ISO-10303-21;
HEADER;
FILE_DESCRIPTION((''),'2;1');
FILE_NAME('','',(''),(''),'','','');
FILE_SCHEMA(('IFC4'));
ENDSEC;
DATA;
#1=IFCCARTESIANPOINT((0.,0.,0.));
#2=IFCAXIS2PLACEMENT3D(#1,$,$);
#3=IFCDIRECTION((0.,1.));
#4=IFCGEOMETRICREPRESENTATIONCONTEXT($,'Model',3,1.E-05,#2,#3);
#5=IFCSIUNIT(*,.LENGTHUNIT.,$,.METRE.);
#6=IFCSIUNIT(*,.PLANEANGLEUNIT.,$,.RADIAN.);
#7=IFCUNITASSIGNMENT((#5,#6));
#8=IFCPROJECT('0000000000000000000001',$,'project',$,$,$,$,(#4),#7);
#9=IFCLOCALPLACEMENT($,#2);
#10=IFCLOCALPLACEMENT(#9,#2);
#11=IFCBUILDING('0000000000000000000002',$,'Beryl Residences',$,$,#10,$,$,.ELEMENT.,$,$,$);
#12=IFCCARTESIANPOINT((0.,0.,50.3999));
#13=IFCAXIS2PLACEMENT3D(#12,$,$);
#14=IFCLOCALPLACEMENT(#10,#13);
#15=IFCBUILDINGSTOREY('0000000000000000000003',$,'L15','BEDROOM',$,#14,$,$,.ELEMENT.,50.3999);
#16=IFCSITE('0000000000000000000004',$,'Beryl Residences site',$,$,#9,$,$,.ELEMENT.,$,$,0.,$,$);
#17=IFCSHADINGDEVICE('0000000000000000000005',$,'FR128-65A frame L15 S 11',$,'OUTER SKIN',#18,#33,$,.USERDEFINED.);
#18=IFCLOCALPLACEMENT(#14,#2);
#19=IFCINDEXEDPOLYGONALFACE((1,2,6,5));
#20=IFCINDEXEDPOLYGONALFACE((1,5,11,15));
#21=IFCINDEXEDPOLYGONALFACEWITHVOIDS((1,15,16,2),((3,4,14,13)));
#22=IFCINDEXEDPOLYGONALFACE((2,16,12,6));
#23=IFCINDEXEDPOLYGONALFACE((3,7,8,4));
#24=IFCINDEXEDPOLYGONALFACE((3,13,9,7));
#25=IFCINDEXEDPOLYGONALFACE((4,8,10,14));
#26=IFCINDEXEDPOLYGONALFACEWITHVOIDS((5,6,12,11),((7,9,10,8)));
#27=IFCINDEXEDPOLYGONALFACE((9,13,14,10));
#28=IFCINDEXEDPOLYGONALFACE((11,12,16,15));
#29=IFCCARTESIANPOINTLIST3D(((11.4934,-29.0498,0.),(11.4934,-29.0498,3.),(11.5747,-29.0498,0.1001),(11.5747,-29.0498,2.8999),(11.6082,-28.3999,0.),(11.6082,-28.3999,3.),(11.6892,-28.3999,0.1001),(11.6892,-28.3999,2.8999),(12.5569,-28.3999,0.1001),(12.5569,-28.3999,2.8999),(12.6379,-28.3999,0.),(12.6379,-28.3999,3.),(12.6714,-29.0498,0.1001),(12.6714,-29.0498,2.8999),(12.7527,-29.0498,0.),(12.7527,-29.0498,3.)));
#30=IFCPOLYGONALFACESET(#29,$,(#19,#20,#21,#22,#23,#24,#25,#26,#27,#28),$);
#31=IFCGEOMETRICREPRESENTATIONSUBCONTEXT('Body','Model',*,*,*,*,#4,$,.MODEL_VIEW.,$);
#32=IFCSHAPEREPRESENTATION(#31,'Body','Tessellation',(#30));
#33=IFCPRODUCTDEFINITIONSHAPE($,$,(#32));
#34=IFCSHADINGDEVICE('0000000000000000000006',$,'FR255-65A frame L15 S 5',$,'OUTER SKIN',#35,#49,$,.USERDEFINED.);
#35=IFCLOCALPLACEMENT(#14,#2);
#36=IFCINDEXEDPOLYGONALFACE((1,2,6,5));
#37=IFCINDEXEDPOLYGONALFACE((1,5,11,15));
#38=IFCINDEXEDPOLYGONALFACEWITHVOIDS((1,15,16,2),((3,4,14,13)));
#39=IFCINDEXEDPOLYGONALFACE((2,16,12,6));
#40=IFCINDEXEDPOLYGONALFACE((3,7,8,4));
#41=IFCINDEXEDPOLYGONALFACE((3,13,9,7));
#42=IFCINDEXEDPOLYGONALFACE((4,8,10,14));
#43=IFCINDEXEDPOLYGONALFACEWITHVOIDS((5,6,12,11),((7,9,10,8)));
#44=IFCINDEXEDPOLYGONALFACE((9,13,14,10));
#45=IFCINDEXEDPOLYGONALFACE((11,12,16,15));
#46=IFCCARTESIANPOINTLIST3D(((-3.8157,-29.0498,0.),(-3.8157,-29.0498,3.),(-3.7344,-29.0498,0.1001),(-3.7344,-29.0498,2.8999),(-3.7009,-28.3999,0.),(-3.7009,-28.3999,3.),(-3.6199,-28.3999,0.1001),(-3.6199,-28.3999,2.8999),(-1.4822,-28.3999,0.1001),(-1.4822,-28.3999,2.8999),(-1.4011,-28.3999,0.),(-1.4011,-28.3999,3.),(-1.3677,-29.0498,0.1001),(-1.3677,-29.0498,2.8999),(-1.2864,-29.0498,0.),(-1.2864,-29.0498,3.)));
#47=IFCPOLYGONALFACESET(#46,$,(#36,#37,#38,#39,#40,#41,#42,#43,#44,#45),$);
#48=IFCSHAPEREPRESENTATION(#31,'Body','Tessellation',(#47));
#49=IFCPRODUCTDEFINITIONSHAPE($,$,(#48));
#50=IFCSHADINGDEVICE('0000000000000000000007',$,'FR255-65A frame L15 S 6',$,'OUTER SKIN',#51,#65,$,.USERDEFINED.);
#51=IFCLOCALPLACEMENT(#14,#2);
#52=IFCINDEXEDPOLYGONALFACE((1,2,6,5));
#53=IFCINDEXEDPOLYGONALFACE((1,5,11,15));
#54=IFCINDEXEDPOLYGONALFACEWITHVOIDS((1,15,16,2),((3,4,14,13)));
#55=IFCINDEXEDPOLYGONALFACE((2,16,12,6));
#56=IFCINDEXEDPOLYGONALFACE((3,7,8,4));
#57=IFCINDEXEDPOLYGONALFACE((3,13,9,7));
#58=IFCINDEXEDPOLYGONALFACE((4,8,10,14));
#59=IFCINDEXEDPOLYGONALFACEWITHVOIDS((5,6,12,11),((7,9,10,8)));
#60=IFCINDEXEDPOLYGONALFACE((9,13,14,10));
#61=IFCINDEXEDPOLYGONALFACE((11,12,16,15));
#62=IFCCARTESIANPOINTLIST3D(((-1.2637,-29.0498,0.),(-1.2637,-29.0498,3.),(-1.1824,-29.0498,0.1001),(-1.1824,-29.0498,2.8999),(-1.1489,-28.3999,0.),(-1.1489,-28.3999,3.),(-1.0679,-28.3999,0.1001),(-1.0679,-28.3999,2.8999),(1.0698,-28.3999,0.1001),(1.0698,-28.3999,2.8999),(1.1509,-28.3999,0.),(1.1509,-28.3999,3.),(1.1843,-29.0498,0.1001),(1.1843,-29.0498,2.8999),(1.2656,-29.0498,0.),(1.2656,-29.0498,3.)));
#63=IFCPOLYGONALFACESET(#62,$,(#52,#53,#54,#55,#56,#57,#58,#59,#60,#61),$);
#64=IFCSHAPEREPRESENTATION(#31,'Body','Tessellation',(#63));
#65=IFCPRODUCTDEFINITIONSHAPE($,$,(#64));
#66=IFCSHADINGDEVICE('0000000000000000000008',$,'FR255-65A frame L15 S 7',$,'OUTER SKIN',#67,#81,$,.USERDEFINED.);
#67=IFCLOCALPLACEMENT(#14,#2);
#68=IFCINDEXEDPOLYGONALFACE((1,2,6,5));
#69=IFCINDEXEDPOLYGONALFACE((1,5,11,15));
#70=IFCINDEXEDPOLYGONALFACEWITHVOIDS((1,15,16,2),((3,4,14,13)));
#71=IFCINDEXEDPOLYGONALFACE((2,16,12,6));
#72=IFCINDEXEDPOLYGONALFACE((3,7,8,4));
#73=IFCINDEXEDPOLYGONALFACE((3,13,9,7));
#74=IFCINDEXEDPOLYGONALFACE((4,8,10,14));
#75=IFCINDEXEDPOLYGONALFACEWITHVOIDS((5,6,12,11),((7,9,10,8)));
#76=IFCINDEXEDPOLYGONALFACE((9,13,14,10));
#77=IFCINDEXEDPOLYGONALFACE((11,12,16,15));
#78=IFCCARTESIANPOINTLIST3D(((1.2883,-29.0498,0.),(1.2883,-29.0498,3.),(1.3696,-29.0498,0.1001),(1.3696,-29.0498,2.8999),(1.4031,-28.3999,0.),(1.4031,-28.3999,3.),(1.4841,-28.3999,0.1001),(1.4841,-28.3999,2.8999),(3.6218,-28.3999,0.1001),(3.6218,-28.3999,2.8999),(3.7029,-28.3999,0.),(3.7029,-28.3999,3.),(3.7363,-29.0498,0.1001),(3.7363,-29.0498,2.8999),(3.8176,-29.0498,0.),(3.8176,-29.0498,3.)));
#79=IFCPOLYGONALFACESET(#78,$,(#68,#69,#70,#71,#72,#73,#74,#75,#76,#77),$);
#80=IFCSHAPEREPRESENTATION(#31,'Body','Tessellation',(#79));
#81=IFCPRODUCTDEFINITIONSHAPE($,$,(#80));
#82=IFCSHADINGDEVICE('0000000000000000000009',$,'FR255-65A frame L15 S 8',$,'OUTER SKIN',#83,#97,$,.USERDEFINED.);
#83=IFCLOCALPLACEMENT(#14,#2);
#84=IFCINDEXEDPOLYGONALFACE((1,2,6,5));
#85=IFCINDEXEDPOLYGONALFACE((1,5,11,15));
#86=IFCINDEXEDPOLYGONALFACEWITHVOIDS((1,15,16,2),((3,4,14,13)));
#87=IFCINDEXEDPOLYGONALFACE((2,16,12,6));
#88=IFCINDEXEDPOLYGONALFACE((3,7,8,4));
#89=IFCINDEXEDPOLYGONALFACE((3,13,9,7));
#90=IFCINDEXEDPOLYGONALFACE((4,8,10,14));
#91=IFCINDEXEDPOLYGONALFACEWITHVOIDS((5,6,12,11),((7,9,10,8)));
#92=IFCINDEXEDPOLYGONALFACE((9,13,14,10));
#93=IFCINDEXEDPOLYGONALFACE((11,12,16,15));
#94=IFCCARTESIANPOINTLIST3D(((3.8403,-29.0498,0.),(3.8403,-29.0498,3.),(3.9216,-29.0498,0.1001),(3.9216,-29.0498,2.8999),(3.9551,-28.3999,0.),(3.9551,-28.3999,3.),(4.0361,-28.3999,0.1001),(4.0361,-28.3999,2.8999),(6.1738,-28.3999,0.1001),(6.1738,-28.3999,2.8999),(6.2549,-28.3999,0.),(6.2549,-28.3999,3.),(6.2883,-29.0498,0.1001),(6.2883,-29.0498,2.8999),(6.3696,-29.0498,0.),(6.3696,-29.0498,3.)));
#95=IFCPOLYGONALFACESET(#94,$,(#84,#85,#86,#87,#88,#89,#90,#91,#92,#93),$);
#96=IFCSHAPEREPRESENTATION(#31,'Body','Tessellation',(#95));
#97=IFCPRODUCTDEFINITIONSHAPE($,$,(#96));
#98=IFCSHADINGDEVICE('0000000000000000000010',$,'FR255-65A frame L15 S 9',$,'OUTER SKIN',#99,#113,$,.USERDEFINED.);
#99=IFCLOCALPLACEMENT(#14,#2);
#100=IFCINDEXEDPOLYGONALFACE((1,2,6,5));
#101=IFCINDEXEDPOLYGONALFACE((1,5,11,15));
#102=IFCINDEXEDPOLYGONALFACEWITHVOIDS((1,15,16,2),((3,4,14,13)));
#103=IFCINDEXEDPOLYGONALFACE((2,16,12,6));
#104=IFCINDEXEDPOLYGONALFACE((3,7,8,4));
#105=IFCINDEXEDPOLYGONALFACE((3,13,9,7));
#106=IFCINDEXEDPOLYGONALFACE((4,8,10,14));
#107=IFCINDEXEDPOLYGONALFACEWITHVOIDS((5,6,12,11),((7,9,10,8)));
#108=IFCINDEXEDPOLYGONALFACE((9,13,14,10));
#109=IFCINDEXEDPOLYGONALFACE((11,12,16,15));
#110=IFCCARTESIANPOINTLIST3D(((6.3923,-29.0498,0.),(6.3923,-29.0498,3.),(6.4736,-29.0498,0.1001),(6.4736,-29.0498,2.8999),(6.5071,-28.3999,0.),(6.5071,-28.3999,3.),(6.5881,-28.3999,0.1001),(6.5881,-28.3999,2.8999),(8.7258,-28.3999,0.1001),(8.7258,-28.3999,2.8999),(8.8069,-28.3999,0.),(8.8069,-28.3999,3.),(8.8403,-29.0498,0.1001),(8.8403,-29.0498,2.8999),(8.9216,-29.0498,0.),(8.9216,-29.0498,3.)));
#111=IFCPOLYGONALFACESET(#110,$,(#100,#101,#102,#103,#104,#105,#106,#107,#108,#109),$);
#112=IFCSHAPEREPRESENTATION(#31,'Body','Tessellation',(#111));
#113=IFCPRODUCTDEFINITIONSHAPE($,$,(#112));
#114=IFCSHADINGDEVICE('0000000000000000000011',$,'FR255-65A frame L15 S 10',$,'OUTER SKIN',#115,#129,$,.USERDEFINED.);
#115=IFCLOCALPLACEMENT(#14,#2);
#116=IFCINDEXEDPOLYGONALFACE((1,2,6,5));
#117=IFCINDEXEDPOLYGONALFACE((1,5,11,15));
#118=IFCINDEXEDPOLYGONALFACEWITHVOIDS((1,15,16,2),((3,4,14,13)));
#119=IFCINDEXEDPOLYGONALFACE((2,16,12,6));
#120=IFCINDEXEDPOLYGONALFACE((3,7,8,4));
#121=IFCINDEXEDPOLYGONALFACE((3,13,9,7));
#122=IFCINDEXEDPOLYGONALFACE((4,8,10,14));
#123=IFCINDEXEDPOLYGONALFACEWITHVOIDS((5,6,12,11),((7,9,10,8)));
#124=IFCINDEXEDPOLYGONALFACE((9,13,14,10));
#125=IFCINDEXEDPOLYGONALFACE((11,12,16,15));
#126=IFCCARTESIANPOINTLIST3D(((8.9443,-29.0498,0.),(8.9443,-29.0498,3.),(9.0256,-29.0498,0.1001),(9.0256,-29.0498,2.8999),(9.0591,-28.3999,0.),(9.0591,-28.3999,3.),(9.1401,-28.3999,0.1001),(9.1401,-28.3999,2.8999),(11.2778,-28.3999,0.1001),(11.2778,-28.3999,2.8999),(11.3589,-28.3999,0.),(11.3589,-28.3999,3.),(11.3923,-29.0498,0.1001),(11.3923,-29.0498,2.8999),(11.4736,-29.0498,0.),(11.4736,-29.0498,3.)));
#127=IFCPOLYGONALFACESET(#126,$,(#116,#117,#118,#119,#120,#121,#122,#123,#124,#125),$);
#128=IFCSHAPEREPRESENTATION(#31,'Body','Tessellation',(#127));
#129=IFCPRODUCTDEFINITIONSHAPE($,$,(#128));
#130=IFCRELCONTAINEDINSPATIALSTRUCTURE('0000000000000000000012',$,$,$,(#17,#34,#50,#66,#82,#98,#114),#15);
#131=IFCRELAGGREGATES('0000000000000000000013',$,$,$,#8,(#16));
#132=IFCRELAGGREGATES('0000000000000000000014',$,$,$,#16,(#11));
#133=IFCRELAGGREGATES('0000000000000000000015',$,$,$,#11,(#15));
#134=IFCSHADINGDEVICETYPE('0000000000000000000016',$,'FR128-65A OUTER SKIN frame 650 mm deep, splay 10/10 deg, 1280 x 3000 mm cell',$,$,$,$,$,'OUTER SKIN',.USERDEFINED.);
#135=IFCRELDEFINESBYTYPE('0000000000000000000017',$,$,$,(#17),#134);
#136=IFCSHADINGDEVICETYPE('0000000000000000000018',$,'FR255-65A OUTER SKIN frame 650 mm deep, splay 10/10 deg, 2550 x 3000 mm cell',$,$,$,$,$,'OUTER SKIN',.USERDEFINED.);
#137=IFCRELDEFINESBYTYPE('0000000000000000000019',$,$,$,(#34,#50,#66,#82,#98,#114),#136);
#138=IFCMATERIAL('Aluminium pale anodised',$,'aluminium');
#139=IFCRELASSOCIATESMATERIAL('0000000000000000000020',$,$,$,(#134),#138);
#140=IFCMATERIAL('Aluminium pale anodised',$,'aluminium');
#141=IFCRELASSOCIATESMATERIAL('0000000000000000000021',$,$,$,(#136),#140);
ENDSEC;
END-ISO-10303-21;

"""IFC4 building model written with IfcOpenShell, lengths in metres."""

from ifc_helpers import new_model, entity, si_unit, direction, frame, origin, place, context, subcontext, project, spatial, source, transform, mapped, material, type_object, type_shapes, element, save


model = new_model("IFC4")

# Units and contexts
model_context = context("Model", 3, precision=1e-05, world=origin(), true_north=direction((0.0, 1.0)))
body_context = subcontext(model_context, "Body", "Model", "MODEL_VIEW")
ifc_project = project(units=[si_unit("LENGTHUNIT", "METRE"), si_unit("PLANEANGLEUNIT", "RADIAN")], contexts=[model_context])

# Site, building, storey
site_placement = place(None, origin())
site = spatial("IfcSite", under=ifc_project, at=site_placement, Name="Beryl Residences site", CompositionType="ELEMENT", RefElevation=0.0)
building_placement = place(site_placement, origin())
building = spatial("IfcBuilding", under=site, at=building_placement, Name="Beryl Residences", CompositionType="ELEMENT")
storey_placement = place(building_placement, frame((0.0, 0.0, 50.3999)))
storey = spatial("IfcBuildingStorey", under=building, at=storey_placement, Name="L15", Description="BEDROOM", CompositionType="ELEMENT", Elevation=50.3999)

# Shading devices
ifc_material_1 = material(Name="Aluminium pale anodised", Category="aluminium")
shading_device_type_1 = type_object("IfcShadingDeviceType", Name="FR128-65A OUTER SKIN frame 650 mm deep, splay 10/10 deg, 1280 x 3000 mm cell", ElementType="OUTER SKIN", PredefinedType="USERDEFINED", material=ifc_material_1)
cartesian_point_1 = entity("IfcCartesianPoint", [-0.5149, 0.0])
cartesian_point_2 = entity("IfcCartesianPoint", [-0.4338, 0.1001])
cartesian_point_3 = entity("IfcCartesianPoint", [-0.6296, 0.0])
cartesian_point_4 = entity("IfcCartesianPoint", [-0.5483, 0.1001])
shared_shape_1 = source(origin(), body_context, "Body", "SweptSolid", [
    entity("IfcExtrudedAreaSolidTapered", entity("IfcArbitraryProfileDefWithVoids", "AREA", None, entity("IfcPolyline", [cartesian_point_1, entity("IfcCartesianPoint", [0.5149, 0.0]), entity("IfcCartesianPoint", [0.5149, 3.0]), entity("IfcCartesianPoint", [-0.5149, 3.0]), cartesian_point_1]), [entity("IfcPolyline", [cartesian_point_2, entity("IfcCartesianPoint", [0.4338, 0.1001]), entity("IfcCartesianPoint", [0.4338, 2.8999]), entity("IfcCartesianPoint", [-0.4338, 2.8999]), cartesian_point_2])]), entity("IfcAxis2Placement3D", entity("IfcCartesianPoint", [0.0, 0.0, 0.0]), entity("IfcDirection", [0.0, 1.0, 0.0]), entity("IfcDirection", [-1.0, 0.0, 0.0])), entity("IfcDirection", [0.0, 0.0, 1.0]), 0.6499, entity("IfcArbitraryProfileDefWithVoids", "AREA", None, entity("IfcPolyline", [cartesian_point_3, entity("IfcCartesianPoint", [0.6296, 0.0]), entity("IfcCartesianPoint", [0.6296, 3.0]), entity("IfcCartesianPoint", [-0.6296, 3.0]), cartesian_point_3]), [entity("IfcPolyline", [cartesian_point_4, entity("IfcCartesianPoint", [0.5483, 0.1001]), entity("IfcCartesianPoint", [0.5483, 2.8999]), entity("IfcCartesianPoint", [-0.5483, 2.8999]), cartesian_point_4])])),
])
type_shapes(shading_device_type_1, [shared_shape_1])
shading_device_placement = place(storey_placement, frame((12.123, -28.3999, 0.0), z_axis=(0.0, 0.0, 1.0), x_axis=(-1.0, 0.0, 0.0)))
element("IfcShadingDevice", 1, at=shading_device_placement, inside=storey, type_object=shading_device_type_1, Name="FR128-65A frame L15 S 11", ObjectType="OUTER SKIN", PredefinedType="USERDEFINED", context=body_context, shape_type="MappedRepresentation", body=[
    mapped(shared_shape_1, transform((0.0, 0.0, 0.0))),
])
ifc_material_2 = material(Name="Aluminium pale anodised", Category="aluminium")
shading_device_type_2 = type_object("IfcShadingDeviceType", Name="FR255-65A OUTER SKIN frame 650 mm deep, splay 10/10 deg, 2550 x 3000 mm cell", ElementType="OUTER SKIN", PredefinedType="USERDEFINED", material=ifc_material_2)
cartesian_point_5 = entity("IfcCartesianPoint", [-1.1499, 0.0])
cartesian_point_6 = entity("IfcCartesianPoint", [-1.0688, 0.1001])
cartesian_point_7 = entity("IfcCartesianPoint", [-1.2646, 0.0])
cartesian_point_8 = entity("IfcCartesianPoint", [-1.1833, 0.1001])
shared_shape_2 = source(origin(), body_context, "Body", "SweptSolid", [
    entity("IfcExtrudedAreaSolidTapered", entity("IfcArbitraryProfileDefWithVoids", "AREA", None, entity("IfcPolyline", [cartesian_point_5, entity("IfcCartesianPoint", [1.1499, 0.0]), entity("IfcCartesianPoint", [1.1499, 3.0]), entity("IfcCartesianPoint", [-1.1499, 3.0]), cartesian_point_5]), [entity("IfcPolyline", [cartesian_point_6, entity("IfcCartesianPoint", [1.0688, 0.1001]), entity("IfcCartesianPoint", [1.0688, 2.8999]), entity("IfcCartesianPoint", [-1.0688, 2.8999]), cartesian_point_6])]), entity("IfcAxis2Placement3D", entity("IfcCartesianPoint", [0.0, 0.0, 0.0]), entity("IfcDirection", [0.0, 1.0, 0.0]), entity("IfcDirection", [-1.0, 0.0, 0.0])), entity("IfcDirection", [0.0, 0.0, 1.0]), 0.6499, entity("IfcArbitraryProfileDefWithVoids", "AREA", None, entity("IfcPolyline", [cartesian_point_7, entity("IfcCartesianPoint", [1.2646, 0.0]), entity("IfcCartesianPoint", [1.2646, 3.0]), entity("IfcCartesianPoint", [-1.2646, 3.0]), cartesian_point_7]), [entity("IfcPolyline", [cartesian_point_8, entity("IfcCartesianPoint", [1.1833, 0.1001]), entity("IfcCartesianPoint", [1.1833, 2.8999]), entity("IfcCartesianPoint", [-1.1833, 2.8999]), cartesian_point_8])])),
])
type_shapes(shading_device_type_2, [shared_shape_2])
for number, where, z_axis, x_axis, name in (
    (2, (-2.551, -28.3999, 0.0), (0.0, 0.0, 1.0), (-1.0, 0.0, 0.0), "FR255-65A frame L15 S 5"),
    (3, (0.001, -28.3999, 0.0), (0.0, 0.0, 1.0), (-1.0, 0.0, 0.0), "FR255-65A frame L15 S 6"),
    (4, (2.553, -28.3999, 0.0), (0.0, 0.0, 1.0), (-1.0, 0.0, 0.0), "FR255-65A frame L15 S 7"),
    (5, (5.105, -28.3999, 0.0), (0.0, 0.0, 1.0), (-1.0, 0.0, 0.0), "FR255-65A frame L15 S 8"),
    (6, (7.657, -28.3999, 0.0), (0.0, 0.0, 1.0), (-1.0, 0.0, 0.0), "FR255-65A frame L15 S 9"),
    (7, (10.209, -28.3999, 0.0), (0.0, 0.0, 1.0), (-1.0, 0.0, 0.0), "FR255-65A frame L15 S 10"),
):
    element("IfcShadingDevice", number, at=place(storey_placement, frame(where, z_axis=z_axis, x_axis=x_axis)), inside=storey, type_object=shading_device_type_2, Name=name, ObjectType="OUTER SKIN", PredefinedType="USERDEFINED", context=body_context, shape_type="MappedRepresentation", body=[
        mapped(shared_shape_2, transform((0.0, 0.0, 0.0))),
    ])

save(model, "model.ifc")
